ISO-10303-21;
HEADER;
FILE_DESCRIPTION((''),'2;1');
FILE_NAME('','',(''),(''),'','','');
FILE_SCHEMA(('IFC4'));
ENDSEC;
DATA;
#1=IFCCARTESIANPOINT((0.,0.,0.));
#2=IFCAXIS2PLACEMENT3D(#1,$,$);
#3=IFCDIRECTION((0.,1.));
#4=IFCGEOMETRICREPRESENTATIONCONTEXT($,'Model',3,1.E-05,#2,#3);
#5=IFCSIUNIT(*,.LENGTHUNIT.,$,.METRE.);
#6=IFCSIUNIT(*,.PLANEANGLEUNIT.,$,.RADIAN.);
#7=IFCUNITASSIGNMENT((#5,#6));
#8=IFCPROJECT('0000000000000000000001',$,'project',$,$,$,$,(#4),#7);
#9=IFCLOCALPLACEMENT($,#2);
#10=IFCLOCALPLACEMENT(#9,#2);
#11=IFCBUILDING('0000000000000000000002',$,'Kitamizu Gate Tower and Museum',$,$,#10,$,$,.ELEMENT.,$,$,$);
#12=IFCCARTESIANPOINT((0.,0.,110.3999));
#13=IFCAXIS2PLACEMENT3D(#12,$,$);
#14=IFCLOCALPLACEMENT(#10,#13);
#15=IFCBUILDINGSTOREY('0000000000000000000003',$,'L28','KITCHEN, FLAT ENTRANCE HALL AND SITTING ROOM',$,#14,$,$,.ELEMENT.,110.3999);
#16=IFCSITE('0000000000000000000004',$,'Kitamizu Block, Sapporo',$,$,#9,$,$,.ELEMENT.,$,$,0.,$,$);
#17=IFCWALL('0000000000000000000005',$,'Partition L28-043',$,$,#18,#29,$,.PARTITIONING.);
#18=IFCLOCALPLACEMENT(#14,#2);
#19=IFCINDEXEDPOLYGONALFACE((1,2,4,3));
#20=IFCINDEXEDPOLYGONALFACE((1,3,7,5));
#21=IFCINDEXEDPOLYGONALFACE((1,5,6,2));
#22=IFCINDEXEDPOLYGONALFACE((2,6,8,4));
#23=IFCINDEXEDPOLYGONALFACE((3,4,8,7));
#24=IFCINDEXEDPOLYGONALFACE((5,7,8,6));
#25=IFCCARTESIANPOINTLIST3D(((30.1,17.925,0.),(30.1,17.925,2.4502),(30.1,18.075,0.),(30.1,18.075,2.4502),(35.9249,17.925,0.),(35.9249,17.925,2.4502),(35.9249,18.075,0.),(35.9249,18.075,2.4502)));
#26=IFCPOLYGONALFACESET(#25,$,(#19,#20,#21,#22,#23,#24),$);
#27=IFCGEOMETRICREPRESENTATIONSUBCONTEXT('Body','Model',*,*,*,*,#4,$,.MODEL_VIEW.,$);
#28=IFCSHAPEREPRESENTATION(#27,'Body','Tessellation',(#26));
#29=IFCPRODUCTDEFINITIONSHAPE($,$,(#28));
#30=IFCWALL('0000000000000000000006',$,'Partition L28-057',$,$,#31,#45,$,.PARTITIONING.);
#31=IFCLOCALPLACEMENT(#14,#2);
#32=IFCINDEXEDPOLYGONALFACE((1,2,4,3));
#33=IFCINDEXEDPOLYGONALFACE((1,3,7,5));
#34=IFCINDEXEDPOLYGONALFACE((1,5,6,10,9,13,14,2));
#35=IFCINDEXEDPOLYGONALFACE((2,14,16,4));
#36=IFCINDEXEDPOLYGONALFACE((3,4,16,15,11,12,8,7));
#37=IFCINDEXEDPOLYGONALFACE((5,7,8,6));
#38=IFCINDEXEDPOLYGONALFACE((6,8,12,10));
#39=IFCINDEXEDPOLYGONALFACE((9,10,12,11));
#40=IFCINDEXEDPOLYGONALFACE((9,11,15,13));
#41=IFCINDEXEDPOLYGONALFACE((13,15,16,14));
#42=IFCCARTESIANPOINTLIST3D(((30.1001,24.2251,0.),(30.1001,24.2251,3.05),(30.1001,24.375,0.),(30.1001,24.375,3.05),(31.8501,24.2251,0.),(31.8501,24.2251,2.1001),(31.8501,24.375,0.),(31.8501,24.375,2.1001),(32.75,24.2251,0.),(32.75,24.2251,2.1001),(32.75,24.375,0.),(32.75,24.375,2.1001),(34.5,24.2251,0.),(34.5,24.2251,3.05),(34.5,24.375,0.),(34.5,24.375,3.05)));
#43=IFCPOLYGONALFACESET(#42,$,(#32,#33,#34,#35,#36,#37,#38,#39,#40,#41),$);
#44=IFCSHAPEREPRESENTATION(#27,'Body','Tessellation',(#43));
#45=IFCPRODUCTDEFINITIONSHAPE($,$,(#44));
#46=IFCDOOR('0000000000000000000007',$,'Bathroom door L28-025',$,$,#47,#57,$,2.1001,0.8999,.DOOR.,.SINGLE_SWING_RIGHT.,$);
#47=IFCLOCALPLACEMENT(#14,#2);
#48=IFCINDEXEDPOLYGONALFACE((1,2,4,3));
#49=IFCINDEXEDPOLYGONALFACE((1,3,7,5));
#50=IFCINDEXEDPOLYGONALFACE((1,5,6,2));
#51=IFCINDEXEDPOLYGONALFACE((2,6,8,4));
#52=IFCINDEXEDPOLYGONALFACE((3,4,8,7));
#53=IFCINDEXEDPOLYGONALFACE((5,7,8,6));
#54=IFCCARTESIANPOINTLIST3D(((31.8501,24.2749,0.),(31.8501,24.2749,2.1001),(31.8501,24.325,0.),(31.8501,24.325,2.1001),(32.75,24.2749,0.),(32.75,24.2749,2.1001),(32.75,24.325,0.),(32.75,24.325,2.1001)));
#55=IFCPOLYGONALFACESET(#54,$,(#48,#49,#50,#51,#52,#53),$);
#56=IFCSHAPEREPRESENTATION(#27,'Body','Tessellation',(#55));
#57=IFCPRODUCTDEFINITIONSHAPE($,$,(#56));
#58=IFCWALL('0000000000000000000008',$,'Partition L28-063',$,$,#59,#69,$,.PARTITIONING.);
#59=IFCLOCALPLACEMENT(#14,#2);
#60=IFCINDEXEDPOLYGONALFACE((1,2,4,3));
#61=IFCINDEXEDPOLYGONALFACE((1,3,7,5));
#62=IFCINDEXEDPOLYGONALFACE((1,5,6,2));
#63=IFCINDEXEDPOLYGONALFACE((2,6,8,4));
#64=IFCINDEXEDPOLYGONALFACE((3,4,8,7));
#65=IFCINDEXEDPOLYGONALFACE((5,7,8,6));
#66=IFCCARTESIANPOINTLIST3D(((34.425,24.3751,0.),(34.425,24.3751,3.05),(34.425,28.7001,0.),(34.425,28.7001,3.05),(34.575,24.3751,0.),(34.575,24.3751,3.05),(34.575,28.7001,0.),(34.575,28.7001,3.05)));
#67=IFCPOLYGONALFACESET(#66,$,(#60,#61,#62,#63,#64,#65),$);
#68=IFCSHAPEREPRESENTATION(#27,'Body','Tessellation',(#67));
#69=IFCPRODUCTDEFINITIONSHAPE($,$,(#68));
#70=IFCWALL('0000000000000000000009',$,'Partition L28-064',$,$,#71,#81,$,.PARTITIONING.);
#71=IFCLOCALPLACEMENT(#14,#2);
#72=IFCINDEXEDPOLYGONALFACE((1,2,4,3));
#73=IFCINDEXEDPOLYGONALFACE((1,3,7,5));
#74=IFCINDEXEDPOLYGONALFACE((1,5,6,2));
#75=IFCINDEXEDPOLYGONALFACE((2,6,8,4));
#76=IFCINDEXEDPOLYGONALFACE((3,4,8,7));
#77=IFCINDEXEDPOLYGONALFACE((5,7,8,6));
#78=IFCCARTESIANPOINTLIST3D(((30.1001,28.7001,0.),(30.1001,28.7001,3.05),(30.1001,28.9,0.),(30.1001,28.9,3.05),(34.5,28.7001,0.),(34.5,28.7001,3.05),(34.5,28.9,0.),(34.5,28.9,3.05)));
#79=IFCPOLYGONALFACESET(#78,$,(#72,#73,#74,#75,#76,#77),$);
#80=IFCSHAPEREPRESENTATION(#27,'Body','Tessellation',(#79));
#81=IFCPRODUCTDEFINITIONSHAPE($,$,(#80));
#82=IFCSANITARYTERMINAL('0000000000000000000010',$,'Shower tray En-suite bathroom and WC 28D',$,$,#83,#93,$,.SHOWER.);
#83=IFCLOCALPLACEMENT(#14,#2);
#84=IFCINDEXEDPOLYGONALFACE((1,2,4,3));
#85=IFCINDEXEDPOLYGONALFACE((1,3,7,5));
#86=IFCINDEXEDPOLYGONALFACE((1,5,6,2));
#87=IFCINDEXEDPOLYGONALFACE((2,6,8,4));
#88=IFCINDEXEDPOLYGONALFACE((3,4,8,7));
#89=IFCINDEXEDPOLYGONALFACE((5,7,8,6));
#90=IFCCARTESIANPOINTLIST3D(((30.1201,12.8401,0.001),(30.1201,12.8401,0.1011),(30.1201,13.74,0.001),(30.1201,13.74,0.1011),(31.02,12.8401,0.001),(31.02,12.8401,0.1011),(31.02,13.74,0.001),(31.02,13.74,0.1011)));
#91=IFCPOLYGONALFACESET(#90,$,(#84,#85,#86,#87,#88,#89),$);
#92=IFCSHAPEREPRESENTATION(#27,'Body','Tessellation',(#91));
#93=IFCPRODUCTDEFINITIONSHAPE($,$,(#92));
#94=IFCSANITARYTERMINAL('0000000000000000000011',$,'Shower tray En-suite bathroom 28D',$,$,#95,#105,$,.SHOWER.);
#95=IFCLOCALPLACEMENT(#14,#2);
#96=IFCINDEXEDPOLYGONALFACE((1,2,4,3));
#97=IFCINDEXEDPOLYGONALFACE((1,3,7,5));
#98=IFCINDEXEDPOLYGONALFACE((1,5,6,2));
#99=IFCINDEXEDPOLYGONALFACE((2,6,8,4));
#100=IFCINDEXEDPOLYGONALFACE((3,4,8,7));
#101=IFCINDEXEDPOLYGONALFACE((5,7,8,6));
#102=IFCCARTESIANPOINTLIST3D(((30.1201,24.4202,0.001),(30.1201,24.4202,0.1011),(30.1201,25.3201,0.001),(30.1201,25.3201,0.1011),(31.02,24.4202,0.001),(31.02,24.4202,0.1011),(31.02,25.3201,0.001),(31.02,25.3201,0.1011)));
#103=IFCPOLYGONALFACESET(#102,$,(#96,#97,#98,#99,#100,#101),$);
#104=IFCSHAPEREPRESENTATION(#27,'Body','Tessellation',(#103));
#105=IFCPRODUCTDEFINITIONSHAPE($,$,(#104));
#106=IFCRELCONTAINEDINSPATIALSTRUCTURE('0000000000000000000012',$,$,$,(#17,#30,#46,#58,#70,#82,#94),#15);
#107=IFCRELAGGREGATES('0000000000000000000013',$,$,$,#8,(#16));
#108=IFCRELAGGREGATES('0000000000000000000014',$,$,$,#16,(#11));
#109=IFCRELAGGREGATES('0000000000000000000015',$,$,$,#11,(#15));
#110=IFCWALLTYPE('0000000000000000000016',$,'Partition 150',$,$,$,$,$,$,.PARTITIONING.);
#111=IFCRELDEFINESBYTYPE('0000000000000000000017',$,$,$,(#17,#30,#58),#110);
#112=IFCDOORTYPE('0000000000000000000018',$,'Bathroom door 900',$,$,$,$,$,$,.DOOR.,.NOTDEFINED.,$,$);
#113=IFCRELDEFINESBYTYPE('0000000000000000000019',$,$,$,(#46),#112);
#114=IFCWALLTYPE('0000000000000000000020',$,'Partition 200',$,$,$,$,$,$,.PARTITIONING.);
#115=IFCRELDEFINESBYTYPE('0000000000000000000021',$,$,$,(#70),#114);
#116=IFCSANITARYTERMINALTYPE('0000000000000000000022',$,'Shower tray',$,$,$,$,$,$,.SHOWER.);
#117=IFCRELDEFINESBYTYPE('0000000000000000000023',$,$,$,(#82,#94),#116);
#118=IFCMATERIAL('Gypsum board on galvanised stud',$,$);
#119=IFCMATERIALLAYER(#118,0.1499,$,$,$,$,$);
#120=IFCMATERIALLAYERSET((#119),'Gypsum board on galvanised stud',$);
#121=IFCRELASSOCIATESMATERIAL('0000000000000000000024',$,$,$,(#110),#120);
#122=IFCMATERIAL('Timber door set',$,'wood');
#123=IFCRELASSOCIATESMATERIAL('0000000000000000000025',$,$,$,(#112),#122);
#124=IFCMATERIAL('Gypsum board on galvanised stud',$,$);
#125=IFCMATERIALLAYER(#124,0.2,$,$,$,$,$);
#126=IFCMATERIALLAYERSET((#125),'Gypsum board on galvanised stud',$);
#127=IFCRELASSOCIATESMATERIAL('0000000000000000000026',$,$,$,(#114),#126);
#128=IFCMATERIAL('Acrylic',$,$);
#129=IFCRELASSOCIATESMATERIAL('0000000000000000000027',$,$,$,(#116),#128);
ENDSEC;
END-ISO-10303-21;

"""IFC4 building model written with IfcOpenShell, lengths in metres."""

from ifc_helpers import new_model, si_unit, direction, frame, frame_2d, origin, origin_2d, place, context, subcontext, project, spatial, rectangle, extrude, material, layer, layer_set, type_object, element, fill, save


model = new_model("IFC4")

# Units and contexts
model_context = context("Model", 3, precision=1e-05, world=origin(), true_north=direction((0.0, 1.0)))
body_context = subcontext(model_context, "Body", "Model", "MODEL_VIEW")
ifc_project = project(units=[si_unit("LENGTHUNIT", "METRE"), si_unit("PLANEANGLEUNIT", "RADIAN")], contexts=[model_context])

# Site, building, storey
site_placement = place(None, origin())
site = spatial("IfcSite", under=ifc_project, at=site_placement, Name="Kitamizu Block, Sapporo", CompositionType="ELEMENT", RefElevation=0.0)
building_placement = place(site_placement, origin())
building = spatial("IfcBuilding", under=site, at=building_placement, Name="Kitamizu Gate Tower and Museum", CompositionType="ELEMENT")
storey_placement = place(building_placement, frame((0.0, 0.0, 110.3999)))
storey = spatial("IfcBuildingStorey", under=building, at=storey_placement, Name="L28", Description="KITCHEN, FLAT ENTRANCE HALL AND SITTING ROOM", CompositionType="ELEMENT", Elevation=110.3999)

# Shared definitions
ifc_material_1 = material(Name="Gypsum board on galvanised stud")
ifc_layer_1 = layer(ifc_material_1, 0.1499)
ifc_layer_set_1 = layer_set([ifc_layer_1], Name="Gypsum board on galvanised stud")
wall_type_1 = type_object("IfcWallType", Name="Partition 150", PredefinedType="PARTITIONING", material=ifc_layer_set_1)

# Shared definitions
ifc_material_2 = material(Name="Timber door set", Category="wood")
door_type_1 = type_object("IfcDoorType", Name="Bathroom door 900", OperationType="NOTDEFINED", PredefinedType="DOOR", material=ifc_material_2)

# Wall
wall_1_placement = place(storey_placement, frame((35.925, 18.0, 0.0), z_axis=(0.0, 0.0, 1.0), x_axis=(-1.0, 0.0, 0.0)))
element("IfcWall", 1, at=wall_1_placement, inside=storey, type_object=wall_type_1, Name="Partition L28-043", PredefinedType="PARTITIONING", context=body_context, shape_type="SweptSolid", body=[
    extrude(rectangle(XDim=5.825, YDim=0.1499, at=frame_2d((2.9126, 0.0))), origin(), (0.0, 0.0, 1.0), 2.4502),
])

# Wall, opening, door
wall_2_placement = place(storey_placement, frame((34.5, 24.3, 0.0), z_axis=(0.0, 0.0, 1.0), x_axis=(-1.0, 0.0, 0.0)))
wall_2 = element("IfcWall", 2, at=wall_2_placement, inside=storey, type_object=wall_type_1, Name="Partition L28-057", PredefinedType="PARTITIONING", context=body_context, shape_type="SweptSolid", body=[
    extrude(rectangle(XDim=4.3999, YDim=0.1499, at=frame_2d((2.2, 0.0))), origin(), (0.0, 0.0, 1.0), 3.05),
])
opening_1_placement = place(wall_2_placement, frame((1.75, 0.0, 0.0)))
opening_1 = element("IfcOpeningElement", 3, at=opening_1_placement, cuts=wall_2, PredefinedType="OPENING", context=body_context, shape_type="SweptSolid", body=[
    extrude(rectangle(XDim=0.8999, YDim=2.1001, at=frame_2d((0.45, 1.05))), frame((0.0, 0.085, 0.0), z_axis=(0.0, -1.0, 0.0), x_axis=(1.0, 0.0, 0.0)), (0.0, 0.0, 1.0), 0.1699),
])
door_1_placement = place(opening_1_placement, frame((0.8999, 0.0, 0.0), x_axis=(-1.0, 0.0, 0.0)))
door_1 = element("IfcDoor", 4, at=door_1_placement, inside=storey, type_object=door_type_1, Name="Bathroom door L28-025", OperationType="SINGLE_SWING_RIGHT", OverallHeight=2.1001, OverallWidth=0.8999, PredefinedType="DOOR", context=body_context, shape_type="SweptSolid", body=[
    extrude(rectangle(XDim=0.8999, YDim=2.1001, at=frame_2d((0.45, 1.05))), frame((0.0, 0.0249, 0.0), z_axis=(0.0, -1.0, 0.0), x_axis=(1.0, 0.0, 0.0)), (0.0, 0.0, 1.0), 0.05),
])
fill(opening_1, door_1)

# Walls
wall_3_placement = place(storey_placement, frame((34.5, 24.375, 0.0), z_axis=(0.0, 0.0, 1.0), x_axis=(0.0, 1.0, 0.0)))
element("IfcWall", 5, at=wall_3_placement, inside=storey, type_object=wall_type_1, Name="Partition L28-063", PredefinedType="PARTITIONING", context=body_context, shape_type="SweptSolid", body=[
    extrude(rectangle(XDim=4.325, YDim=0.1499, at=frame_2d((2.1626, 0.0))), origin(), (0.0, 0.0, 1.0), 3.05),
])
ifc_material_3 = material(Name="Gypsum board on galvanised stud")
ifc_layer_2 = layer(ifc_material_3, 0.2)
ifc_layer_set_2 = layer_set([ifc_layer_2], Name="Gypsum board on galvanised stud")
wall_type_2 = type_object("IfcWallType", Name="Partition 200", PredefinedType="PARTITIONING", material=ifc_layer_set_2)
wall_4_placement = place(storey_placement, frame((34.5, 28.8, 0.0), z_axis=(0.0, 0.0, 1.0), x_axis=(-1.0, 0.0, 0.0)))
element("IfcWall", 6, at=wall_4_placement, inside=storey, type_object=wall_type_2, Name="Partition L28-064", PredefinedType="PARTITIONING", context=body_context, shape_type="SweptSolid", body=[
    extrude(rectangle(XDim=4.3999, YDim=0.2, at=frame_2d((2.2, 0.0))), origin(), (0.0, 0.0, 1.0), 3.05),
])

# Sanitary terminals
ifc_material_4 = material(Name="Acrylic")
sanitary_terminal_type = type_object("IfcSanitaryTerminalType", Name="Shower tray", PredefinedType="SHOWER", material=ifc_material_4)
for number, where, z_axis, x_axis, name in (
    (7, (30.5701, 13.29, 0.001), (0.0, 0.0, 1.0), (1.0, 0.0, 0.0), "Shower tray En-suite bathroom and WC 28D"),
    (8, (30.5701, 24.8701, 0.001), (0.0, 0.0, 1.0), (1.0, 0.0, 0.0), "Shower tray En-suite bathroom 28D"),
):
    element("IfcSanitaryTerminal", number, at=place(storey_placement, frame(where, z_axis=z_axis, x_axis=x_axis)), inside=storey, type_object=sanitary_terminal_type, Name=name, PredefinedType="SHOWER", context=body_context, shape_type="SweptSolid", body=[
        extrude(rectangle(XDim=0.8999, YDim=0.8999, at=origin_2d()), origin(), (0.0, 0.0, 1.0), 0.1001),
    ])

save(model, "model.ifc")
